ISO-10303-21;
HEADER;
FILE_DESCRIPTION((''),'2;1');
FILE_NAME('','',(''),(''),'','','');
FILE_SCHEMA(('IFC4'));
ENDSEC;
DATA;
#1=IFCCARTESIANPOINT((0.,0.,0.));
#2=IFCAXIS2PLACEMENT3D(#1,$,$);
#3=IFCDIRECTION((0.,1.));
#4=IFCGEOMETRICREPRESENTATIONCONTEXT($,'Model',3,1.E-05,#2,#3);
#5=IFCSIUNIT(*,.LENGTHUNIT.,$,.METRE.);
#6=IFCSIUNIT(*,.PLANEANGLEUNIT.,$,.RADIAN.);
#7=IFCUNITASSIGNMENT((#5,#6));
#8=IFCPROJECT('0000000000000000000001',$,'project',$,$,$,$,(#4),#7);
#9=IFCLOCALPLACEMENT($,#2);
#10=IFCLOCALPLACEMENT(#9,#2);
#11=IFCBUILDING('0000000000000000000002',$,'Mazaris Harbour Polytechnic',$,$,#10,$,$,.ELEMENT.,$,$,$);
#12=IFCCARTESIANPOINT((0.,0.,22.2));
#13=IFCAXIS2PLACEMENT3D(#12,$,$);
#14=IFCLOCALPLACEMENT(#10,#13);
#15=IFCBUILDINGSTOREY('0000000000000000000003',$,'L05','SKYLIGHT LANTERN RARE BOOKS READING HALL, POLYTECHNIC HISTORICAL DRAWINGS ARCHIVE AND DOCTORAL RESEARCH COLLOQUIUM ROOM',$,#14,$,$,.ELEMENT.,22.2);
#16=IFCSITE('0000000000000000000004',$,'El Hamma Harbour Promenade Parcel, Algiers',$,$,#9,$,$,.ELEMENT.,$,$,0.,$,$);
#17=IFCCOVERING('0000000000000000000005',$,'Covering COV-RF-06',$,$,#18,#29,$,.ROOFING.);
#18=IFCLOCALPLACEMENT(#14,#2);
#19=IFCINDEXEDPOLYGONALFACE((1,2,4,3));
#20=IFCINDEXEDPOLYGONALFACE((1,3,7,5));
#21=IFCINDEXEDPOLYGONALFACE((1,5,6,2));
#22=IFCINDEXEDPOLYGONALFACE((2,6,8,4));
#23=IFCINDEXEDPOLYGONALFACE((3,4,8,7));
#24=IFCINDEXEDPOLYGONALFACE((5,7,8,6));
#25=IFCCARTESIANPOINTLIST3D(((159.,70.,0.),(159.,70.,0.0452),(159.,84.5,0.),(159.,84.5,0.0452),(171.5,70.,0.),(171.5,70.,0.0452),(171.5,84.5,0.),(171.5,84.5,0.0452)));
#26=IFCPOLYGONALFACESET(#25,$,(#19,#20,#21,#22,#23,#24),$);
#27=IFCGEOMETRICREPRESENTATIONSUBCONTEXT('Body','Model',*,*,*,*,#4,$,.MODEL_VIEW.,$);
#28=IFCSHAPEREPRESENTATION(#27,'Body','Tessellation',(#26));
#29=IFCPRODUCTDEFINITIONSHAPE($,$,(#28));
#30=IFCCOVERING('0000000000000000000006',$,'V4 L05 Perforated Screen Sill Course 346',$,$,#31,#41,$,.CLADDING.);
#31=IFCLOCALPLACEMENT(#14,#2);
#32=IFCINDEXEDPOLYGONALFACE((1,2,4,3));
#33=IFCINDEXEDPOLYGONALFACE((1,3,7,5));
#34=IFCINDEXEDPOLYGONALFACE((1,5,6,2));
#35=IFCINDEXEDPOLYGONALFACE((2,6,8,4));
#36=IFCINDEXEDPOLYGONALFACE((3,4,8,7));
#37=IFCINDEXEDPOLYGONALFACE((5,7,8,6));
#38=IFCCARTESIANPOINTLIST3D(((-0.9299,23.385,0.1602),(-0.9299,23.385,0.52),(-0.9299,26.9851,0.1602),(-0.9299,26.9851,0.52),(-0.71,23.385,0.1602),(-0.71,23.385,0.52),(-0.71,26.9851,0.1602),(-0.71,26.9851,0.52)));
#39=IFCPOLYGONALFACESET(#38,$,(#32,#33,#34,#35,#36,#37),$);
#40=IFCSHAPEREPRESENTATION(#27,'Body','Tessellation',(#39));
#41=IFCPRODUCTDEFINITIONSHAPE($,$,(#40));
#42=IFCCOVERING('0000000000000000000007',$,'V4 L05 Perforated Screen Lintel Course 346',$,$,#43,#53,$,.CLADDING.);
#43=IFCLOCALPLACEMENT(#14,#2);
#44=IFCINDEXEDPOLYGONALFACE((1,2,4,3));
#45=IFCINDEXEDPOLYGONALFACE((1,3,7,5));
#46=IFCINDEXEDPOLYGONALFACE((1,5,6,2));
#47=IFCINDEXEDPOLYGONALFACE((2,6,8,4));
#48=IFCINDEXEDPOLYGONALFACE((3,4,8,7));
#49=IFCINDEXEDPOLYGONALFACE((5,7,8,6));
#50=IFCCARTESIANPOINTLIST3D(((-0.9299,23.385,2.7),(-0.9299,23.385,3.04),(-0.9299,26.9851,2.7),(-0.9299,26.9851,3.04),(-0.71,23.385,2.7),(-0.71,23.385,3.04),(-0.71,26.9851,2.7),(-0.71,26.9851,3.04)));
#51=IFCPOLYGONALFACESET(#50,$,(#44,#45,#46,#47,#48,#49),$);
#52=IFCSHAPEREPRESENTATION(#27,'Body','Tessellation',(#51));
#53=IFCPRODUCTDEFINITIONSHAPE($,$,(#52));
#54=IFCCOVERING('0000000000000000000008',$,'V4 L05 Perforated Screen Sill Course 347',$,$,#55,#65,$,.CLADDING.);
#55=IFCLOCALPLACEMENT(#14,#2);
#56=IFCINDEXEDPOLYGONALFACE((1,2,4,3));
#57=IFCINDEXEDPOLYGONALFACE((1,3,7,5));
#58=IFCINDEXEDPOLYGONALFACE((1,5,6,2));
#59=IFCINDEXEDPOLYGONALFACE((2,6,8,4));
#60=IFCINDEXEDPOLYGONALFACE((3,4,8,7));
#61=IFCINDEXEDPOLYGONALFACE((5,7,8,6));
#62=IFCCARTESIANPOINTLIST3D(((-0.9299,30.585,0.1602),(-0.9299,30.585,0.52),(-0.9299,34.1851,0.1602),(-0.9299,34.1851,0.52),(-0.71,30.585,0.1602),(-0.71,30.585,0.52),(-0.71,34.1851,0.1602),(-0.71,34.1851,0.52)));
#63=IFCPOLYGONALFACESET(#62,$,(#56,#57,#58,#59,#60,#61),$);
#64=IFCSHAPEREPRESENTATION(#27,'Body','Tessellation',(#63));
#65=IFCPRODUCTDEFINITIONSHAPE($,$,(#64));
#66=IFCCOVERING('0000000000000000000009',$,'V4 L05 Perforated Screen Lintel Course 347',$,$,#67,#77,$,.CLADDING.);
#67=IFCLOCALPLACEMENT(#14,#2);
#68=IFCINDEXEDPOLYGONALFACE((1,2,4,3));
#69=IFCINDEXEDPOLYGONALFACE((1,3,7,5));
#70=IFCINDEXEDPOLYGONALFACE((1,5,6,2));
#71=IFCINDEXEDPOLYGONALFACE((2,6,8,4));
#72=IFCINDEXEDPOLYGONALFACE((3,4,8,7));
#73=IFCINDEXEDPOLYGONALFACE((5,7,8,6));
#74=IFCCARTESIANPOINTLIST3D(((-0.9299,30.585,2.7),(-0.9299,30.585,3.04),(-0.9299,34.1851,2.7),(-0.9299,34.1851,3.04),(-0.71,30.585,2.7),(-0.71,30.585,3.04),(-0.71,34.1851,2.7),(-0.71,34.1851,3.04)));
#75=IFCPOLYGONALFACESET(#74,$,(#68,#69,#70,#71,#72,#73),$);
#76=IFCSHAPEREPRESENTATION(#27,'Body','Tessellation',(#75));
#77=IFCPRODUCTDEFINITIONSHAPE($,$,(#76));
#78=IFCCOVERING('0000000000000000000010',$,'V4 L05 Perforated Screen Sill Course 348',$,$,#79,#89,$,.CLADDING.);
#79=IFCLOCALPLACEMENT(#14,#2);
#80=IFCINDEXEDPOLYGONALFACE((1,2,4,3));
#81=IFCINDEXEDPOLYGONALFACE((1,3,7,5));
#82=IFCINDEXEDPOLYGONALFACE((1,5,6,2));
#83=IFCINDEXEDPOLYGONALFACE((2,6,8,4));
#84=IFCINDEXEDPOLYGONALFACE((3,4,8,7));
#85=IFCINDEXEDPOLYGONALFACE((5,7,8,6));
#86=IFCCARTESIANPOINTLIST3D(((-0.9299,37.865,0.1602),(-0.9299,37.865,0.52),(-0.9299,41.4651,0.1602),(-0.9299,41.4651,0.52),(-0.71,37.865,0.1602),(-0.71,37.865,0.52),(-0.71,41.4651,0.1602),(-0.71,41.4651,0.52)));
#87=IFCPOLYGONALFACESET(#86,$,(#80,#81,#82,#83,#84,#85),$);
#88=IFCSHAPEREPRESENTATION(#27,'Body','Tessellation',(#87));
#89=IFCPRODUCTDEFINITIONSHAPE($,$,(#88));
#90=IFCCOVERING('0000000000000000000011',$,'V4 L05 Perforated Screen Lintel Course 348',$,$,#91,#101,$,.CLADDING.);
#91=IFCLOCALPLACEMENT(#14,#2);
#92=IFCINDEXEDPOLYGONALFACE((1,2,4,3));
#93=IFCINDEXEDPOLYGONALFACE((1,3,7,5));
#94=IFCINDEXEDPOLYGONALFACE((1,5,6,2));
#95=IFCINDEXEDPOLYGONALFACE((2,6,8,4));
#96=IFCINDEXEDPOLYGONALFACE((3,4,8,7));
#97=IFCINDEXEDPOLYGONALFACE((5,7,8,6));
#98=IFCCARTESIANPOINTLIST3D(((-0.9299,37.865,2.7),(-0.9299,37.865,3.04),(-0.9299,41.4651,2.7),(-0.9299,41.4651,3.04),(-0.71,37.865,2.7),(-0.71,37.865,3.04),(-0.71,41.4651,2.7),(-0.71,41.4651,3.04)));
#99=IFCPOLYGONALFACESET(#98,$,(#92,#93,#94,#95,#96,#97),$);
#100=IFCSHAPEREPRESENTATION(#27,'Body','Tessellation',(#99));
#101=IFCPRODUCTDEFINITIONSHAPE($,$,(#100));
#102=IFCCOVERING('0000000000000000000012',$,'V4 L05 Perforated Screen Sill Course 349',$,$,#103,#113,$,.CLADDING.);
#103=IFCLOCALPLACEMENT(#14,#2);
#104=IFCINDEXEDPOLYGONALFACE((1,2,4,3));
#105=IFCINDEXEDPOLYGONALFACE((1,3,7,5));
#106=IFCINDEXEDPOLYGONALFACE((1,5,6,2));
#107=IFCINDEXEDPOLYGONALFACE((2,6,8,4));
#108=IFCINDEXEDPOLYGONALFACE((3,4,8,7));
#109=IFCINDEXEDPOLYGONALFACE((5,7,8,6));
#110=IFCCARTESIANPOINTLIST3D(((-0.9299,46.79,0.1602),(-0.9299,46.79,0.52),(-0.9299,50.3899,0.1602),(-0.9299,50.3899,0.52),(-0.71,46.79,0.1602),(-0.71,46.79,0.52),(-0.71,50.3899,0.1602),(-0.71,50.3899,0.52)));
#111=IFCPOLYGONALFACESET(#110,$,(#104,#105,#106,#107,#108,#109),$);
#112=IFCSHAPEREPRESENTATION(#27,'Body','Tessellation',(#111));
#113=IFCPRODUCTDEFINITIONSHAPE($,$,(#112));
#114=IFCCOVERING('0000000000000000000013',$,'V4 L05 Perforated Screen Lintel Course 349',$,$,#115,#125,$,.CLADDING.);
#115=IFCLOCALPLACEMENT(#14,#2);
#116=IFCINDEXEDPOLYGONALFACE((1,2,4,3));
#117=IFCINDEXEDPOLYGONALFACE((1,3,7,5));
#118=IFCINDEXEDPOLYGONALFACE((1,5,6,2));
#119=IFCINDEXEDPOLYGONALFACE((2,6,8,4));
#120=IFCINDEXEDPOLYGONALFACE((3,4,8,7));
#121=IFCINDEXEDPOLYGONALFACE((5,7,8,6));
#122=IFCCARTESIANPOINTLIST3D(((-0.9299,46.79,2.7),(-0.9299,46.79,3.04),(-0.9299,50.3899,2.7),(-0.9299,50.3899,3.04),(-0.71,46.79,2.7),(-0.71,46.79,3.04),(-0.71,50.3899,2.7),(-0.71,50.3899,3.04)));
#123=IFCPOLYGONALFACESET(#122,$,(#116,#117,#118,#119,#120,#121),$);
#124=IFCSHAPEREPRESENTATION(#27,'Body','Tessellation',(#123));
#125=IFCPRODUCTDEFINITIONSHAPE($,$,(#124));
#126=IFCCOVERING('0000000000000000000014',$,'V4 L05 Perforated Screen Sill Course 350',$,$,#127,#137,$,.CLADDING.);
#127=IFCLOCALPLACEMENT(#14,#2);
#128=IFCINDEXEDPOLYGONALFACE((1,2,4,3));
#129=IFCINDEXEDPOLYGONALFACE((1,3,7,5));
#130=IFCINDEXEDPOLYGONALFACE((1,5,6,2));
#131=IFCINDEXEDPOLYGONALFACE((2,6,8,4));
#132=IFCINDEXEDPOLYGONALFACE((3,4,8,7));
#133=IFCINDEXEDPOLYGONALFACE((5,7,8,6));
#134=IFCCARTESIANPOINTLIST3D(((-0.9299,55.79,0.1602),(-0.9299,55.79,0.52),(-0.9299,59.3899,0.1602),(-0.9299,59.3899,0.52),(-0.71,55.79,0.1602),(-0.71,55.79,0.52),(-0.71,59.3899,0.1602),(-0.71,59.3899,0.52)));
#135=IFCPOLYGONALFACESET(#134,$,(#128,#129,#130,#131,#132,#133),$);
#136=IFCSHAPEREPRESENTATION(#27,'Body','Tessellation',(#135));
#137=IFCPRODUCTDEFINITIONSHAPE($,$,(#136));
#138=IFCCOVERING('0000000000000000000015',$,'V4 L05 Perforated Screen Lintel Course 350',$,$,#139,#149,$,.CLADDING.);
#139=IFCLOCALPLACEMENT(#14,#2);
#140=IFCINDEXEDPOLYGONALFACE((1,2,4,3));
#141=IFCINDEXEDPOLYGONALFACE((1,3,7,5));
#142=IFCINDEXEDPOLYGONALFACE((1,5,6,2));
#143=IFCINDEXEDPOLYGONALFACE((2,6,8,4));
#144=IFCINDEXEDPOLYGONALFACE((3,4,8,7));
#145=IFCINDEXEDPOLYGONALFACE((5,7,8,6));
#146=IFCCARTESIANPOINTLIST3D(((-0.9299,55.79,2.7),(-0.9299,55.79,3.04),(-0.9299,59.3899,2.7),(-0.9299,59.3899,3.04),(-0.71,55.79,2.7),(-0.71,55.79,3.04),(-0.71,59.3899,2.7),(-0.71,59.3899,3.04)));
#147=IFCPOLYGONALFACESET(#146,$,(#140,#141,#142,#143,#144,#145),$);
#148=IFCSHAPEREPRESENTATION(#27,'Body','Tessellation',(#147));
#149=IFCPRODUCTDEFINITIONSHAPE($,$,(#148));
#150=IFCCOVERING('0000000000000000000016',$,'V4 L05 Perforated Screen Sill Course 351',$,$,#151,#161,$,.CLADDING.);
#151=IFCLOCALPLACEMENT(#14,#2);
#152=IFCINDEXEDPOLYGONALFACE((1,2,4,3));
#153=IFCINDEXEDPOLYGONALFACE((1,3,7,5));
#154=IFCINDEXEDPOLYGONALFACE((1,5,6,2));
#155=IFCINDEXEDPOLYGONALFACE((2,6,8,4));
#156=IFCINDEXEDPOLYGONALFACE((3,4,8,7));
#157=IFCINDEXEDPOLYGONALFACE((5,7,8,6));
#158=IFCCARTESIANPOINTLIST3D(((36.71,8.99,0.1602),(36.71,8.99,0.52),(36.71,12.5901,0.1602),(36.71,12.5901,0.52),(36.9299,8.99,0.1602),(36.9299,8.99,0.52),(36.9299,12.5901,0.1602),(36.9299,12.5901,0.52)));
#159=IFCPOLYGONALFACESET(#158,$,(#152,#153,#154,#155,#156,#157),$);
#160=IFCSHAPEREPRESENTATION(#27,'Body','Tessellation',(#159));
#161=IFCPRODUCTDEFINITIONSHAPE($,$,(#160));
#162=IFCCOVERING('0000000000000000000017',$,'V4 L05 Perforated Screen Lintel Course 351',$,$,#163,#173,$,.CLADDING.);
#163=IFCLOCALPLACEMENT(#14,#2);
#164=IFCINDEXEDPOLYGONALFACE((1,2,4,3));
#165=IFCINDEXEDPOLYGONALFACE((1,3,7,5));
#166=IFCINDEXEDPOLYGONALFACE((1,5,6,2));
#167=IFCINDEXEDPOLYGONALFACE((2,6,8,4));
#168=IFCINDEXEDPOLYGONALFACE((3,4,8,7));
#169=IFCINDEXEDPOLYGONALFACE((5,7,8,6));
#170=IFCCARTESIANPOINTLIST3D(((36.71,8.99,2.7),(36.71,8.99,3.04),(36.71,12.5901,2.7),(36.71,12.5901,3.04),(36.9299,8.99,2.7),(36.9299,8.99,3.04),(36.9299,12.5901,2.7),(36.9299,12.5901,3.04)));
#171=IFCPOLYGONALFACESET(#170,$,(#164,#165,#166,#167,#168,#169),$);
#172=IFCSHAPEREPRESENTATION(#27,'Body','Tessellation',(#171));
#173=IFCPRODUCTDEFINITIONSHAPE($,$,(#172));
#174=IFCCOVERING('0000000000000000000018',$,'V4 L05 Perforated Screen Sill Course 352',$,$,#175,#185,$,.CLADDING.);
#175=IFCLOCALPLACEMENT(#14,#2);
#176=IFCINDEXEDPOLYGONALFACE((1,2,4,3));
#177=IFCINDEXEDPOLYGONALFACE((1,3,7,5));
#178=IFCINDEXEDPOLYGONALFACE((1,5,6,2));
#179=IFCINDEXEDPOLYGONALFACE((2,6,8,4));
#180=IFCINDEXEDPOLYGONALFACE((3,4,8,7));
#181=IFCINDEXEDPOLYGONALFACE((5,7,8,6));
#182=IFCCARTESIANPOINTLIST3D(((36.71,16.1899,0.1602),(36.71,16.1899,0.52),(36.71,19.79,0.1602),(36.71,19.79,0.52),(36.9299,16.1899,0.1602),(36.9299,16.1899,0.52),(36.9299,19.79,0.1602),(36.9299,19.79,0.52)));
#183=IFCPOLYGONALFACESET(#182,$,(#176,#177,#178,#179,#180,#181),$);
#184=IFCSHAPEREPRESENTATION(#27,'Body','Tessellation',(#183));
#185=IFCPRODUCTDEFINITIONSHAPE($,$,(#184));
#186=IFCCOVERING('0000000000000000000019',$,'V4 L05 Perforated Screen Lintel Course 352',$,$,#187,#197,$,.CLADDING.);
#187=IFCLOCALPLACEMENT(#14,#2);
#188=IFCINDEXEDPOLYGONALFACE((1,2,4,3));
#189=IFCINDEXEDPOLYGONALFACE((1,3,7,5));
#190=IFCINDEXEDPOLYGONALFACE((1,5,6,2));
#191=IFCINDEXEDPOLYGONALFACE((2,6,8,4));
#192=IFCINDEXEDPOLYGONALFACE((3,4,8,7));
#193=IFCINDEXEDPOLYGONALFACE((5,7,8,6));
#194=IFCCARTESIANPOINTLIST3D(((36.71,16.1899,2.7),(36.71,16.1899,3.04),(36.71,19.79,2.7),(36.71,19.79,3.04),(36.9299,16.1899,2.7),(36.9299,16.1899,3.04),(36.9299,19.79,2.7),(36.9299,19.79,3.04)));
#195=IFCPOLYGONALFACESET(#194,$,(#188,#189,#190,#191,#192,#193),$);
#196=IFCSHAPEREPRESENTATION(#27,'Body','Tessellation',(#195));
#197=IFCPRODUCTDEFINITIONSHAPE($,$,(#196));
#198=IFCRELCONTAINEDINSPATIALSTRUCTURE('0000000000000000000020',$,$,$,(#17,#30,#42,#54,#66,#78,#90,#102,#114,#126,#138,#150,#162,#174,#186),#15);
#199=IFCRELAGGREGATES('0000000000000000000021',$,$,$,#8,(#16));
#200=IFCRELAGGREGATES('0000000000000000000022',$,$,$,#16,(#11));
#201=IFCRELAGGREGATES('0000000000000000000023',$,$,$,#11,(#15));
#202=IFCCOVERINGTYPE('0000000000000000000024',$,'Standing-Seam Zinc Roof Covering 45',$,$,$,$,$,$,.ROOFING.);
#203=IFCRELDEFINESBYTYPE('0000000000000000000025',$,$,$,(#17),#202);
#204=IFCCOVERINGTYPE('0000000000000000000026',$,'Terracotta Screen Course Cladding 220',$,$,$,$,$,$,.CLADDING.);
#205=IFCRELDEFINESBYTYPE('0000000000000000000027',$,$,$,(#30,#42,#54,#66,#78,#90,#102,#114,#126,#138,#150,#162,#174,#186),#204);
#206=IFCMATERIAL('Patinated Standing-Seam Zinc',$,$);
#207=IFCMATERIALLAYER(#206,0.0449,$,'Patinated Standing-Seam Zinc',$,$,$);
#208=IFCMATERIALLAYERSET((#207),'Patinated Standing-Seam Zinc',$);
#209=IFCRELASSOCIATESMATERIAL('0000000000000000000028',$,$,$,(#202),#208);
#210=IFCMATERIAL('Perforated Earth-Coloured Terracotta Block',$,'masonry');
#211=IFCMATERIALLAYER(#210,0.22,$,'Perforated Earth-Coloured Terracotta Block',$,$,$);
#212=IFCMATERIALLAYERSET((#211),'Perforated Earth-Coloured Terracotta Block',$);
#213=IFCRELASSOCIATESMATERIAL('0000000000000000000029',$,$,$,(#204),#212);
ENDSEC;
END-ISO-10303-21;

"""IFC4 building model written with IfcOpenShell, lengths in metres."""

from ifc_helpers import new_model, si_unit, direction, frame, origin, place, context, subcontext, project, spatial, polyline, outline, extrude, material, layer, layer_set, type_object, element, save


model = new_model("IFC4")

# Units and contexts
model_context = context("Model", 3, precision=1e-05, world=origin(), true_north=direction((0.0, 1.0)))
body_context = subcontext(model_context, "Body", "Model", "MODEL_VIEW")
ifc_project = project(units=[si_unit("LENGTHUNIT", "METRE"), si_unit("PLANEANGLEUNIT", "RADIAN")], contexts=[model_context])

# Site, building, storey
site_placement = place(None, origin())
site = spatial("IfcSite", under=ifc_project, at=site_placement, Name="El Hamma Harbour Promenade Parcel, Algiers", CompositionType="ELEMENT", RefElevation=0.0)
building_placement = place(site_placement, origin())
building = spatial("IfcBuilding", under=site, at=building_placement, Name="Mazaris Harbour Polytechnic", CompositionType="ELEMENT")
storey_placement = place(building_placement, frame((0.0, 0.0, 22.2)))
storey = spatial("IfcBuildingStorey", under=building, at=storey_placement, Name="L05", Description="SKYLIGHT LANTERN RARE BOOKS READING HALL, POLYTECHNIC HISTORICAL DRAWINGS ARCHIVE AND DOCTORAL RESEARCH COLLOQUIUM ROOM", CompositionType="ELEMENT", Elevation=22.2)

# Coverings
ifc_material_1 = material(Name="Patinated Standing-Seam Zinc")
ifc_layer_1 = layer(ifc_material_1, 0.0449, Name="Patinated Standing-Seam Zinc")
ifc_layer_set_1 = layer_set([ifc_layer_1], Name="Patinated Standing-Seam Zinc")
covering_type_1 = type_object("IfcCoveringType", Name="Standing-Seam Zinc Roof Covering 45", PredefinedType="ROOFING", material=ifc_layer_set_1)
covering_1_placement = place(storey_placement, origin())
element("IfcCovering", 1, at=covering_1_placement, inside=storey, type_object=covering_type_1, Name="Covering COV-RF-06", PredefinedType="ROOFING", context=body_context, shape_type="SweptSolid", body=[
    extrude(outline(polyline([(159.0, 70.0), (171.5, 70.0), (171.5, 84.5), (159.0, 84.5), (159.0, 70.0)])), origin(), (0.0, 0.0, 1.0), 0.0452),
])
ifc_material_2 = material(Name="Perforated Earth-Coloured Terracotta Block", Category="masonry")
ifc_layer_2 = layer(ifc_material_2, 0.22, Name="Perforated Earth-Coloured Terracotta Block")
ifc_layer_set_2 = layer_set([ifc_layer_2], Name="Perforated Earth-Coloured Terracotta Block")
covering_type_2 = type_object("IfcCoveringType", Name="Terracotta Screen Course Cladding 220", PredefinedType="CLADDING", material=ifc_layer_set_2)
covering_2_placement = place(storey_placement, frame((0.0, 0.0, 0.1602)))
element("IfcCovering", 2, at=covering_2_placement, inside=storey, type_object=covering_type_2, Name="V4 L05 Perforated Screen Sill Course 346", PredefinedType="CLADDING", context=body_context, shape_type="SweptSolid", body=[
    extrude(outline(polyline([(-0.71, 23.385), (-0.71, 26.9851), (-0.9299, 26.9851), (-0.9299, 23.385), (-0.71, 23.385)])), origin(), (0.0, 0.0, 1.0), 0.3599),
])
covering_3_placement = place(storey_placement, frame((0.0, 0.0, 2.7)))
element("IfcCovering", 3, at=covering_3_placement, inside=storey, type_object=covering_type_2, Name="V4 L05 Perforated Screen Lintel Course 346", PredefinedType="CLADDING", context=body_context, shape_type="SweptSolid", body=[
    extrude(outline(polyline([(-0.71, 23.385), (-0.71, 26.9851), (-0.9299, 26.9851), (-0.9299, 23.385), (-0.71, 23.385)])), origin(), (0.0, 0.0, 1.0), 0.3401),
])
covering_4_placement = place(storey_placement, frame((0.0, 0.0, 0.1602)))
element("IfcCovering", 4, at=covering_4_placement, inside=storey, type_object=covering_type_2, Name="V4 L05 Perforated Screen Sill Course 347", PredefinedType="CLADDING", context=body_context, shape_type="SweptSolid", body=[
    extrude(outline(polyline([(-0.71, 30.585), (-0.71, 34.1851), (-0.9299, 34.1851), (-0.9299, 30.585), (-0.71, 30.585)])), origin(), (0.0, 0.0, 1.0), 0.3599),
])
covering_5_placement = place(storey_placement, frame((0.0, 0.0, 2.7)))
element("IfcCovering", 5, at=covering_5_placement, inside=storey, type_object=covering_type_2, Name="V4 L05 Perforated Screen Lintel Course 347", PredefinedType="CLADDING", context=body_context, shape_type="SweptSolid", body=[
    extrude(outline(polyline([(-0.71, 30.585), (-0.71, 34.1851), (-0.9299, 34.1851), (-0.9299, 30.585), (-0.71, 30.585)])), origin(), (0.0, 0.0, 1.0), 0.3401),
])
covering_6_placement = place(storey_placement, frame((0.0, 0.0, 0.1602)))
element("IfcCovering", 6, at=covering_6_placement, inside=storey, type_object=covering_type_2, Name="V4 L05 Perforated Screen Sill Course 348", PredefinedType="CLADDING", context=body_context, shape_type="SweptSolid", body=[
    extrude(outline(polyline([(-0.71, 37.865), (-0.71, 41.4651), (-0.9299, 41.4651), (-0.9299, 37.865), (-0.71, 37.865)])), origin(), (0.0, 0.0, 1.0), 0.3599),
])
covering_7_placement = place(storey_placement, frame((0.0, 0.0, 2.7)))
element("IfcCovering", 7, at=covering_7_placement, inside=storey, type_object=covering_type_2, Name="V4 L05 Perforated Screen Lintel Course 348", PredefinedType="CLADDING", context=body_context, shape_type="SweptSolid", body=[
    extrude(outline(polyline([(-0.71, 37.865), (-0.71, 41.4651), (-0.9299, 41.4651), (-0.9299, 37.865), (-0.71, 37.865)])), origin(), (0.0, 0.0, 1.0), 0.3401),
])
covering_8_placement = place(storey_placement, frame((0.0, 0.0, 0.1602)))
element("IfcCovering", 8, at=covering_8_placement, inside=storey, type_object=covering_type_2, Name="V4 L05 Perforated Screen Sill Course 349", PredefinedType="CLADDING", context=body_context, shape_type="SweptSolid", body=[
    extrude(outline(polyline([(-0.71, 46.79), (-0.71, 50.3899), (-0.9299, 50.3899), (-0.9299, 46.79), (-0.71, 46.79)])), origin(), (0.0, 0.0, 1.0), 0.3599),
])
covering_9_placement = place(storey_placement, frame((0.0, 0.0, 2.7)))
element("IfcCovering", 9, at=covering_9_placement, inside=storey, type_object=covering_type_2, Name="V4 L05 Perforated Screen Lintel Course 349", PredefinedType="CLADDING", context=body_context, shape_type="SweptSolid", body=[
    extrude(outline(polyline([(-0.71, 46.79), (-0.71, 50.3899), (-0.9299, 50.3899), (-0.9299, 46.79), (-0.71, 46.79)])), origin(), (0.0, 0.0, 1.0), 0.3401),
])
covering_10_placement = place(storey_placement, frame((0.0, 0.0, 0.1602)))
element("IfcCovering", 10, at=covering_10_placement, inside=storey, type_object=covering_type_2, Name="V4 L05 Perforated Screen Sill Course 350", PredefinedType="CLADDING", context=body_context, shape_type="SweptSolid", body=[
    extrude(outline(polyline([(-0.71, 55.79), (-0.71, 59.3899), (-0.9299, 59.3899), (-0.9299, 55.79), (-0.71, 55.79)])), origin(), (0.0, 0.0, 1.0), 0.3599),
])
covering_11_placement = place(storey_placement, frame((0.0, 0.0, 2.7)))
element("IfcCovering", 11, at=covering_11_placement, inside=storey, type_object=covering_type_2, Name="V4 L05 Perforated Screen Lintel Course 350", PredefinedType="CLADDING", context=body_context, shape_type="SweptSolid", body=[
    extrude(outline(polyline([(-0.71, 55.79), (-0.71, 59.3899), (-0.9299, 59.3899), (-0.9299, 55.79), (-0.71, 55.79)])), origin(), (0.0, 0.0, 1.0), 0.3401),
])
covering_12_placement = place(storey_placement, frame((0.0, 0.0, 0.1602)))
element("IfcCovering", 12, at=covering_12_placement, inside=storey, type_object=covering_type_2, Name="V4 L05 Perforated Screen Sill Course 351", PredefinedType="CLADDING", context=body_context, shape_type="SweptSolid", body=[
    extrude(outline(polyline([(36.71, 12.5901), (36.71, 8.99), (36.9299, 8.99), (36.9299, 12.5901), (36.71, 12.5901)])), origin(), (0.0, 0.0, 1.0), 0.3599),
])
covering_13_placement = place(storey_placement, frame((0.0, 0.0, 2.7)))
element("IfcCovering", 13, at=covering_13_placement, inside=storey, type_object=covering_type_2, Name="V4 L05 Perforated Screen Lintel Course 351", PredefinedType="CLADDING", context=body_context, shape_type="SweptSolid", body=[
    extrude(outline(polyline([(36.71, 12.5901), (36.71, 8.99), (36.9299, 8.99), (36.9299, 12.5901), (36.71, 12.5901)])), origin(), (0.0, 0.0, 1.0), 0.3401),
])
covering_14_placement = place(storey_placement, frame((0.0, 0.0, 0.1602)))
element("IfcCovering", 14, at=covering_14_placement, inside=storey, type_object=covering_type_2, Name="V4 L05 Perforated Screen Sill Course 352", PredefinedType="CLADDING", context=body_context, shape_type="SweptSolid", body=[
    extrude(outline(polyline([(36.71, 19.79), (36.71, 16.1899), (36.9299, 16.1899), (36.9299, 19.79), (36.71, 19.79)])), origin(), (0.0, 0.0, 1.0), 0.3599),
])
covering_15_placement = place(storey_placement, frame((0.0, 0.0, 2.7)))
element("IfcCovering", 15, at=covering_15_placement, inside=storey, type_object=covering_type_2, Name="V4 L05 Perforated Screen Lintel Course 352", PredefinedType="CLADDING", context=body_context, shape_type="SweptSolid", body=[
    extrude(outline(polyline([(36.71, 19.79), (36.71, 16.1899), (36.9299, 16.1899), (36.9299, 19.79), (36.71, 19.79)])), origin(), (0.0, 0.0, 1.0), 0.3401),
])

save(model, "model.ifc")
